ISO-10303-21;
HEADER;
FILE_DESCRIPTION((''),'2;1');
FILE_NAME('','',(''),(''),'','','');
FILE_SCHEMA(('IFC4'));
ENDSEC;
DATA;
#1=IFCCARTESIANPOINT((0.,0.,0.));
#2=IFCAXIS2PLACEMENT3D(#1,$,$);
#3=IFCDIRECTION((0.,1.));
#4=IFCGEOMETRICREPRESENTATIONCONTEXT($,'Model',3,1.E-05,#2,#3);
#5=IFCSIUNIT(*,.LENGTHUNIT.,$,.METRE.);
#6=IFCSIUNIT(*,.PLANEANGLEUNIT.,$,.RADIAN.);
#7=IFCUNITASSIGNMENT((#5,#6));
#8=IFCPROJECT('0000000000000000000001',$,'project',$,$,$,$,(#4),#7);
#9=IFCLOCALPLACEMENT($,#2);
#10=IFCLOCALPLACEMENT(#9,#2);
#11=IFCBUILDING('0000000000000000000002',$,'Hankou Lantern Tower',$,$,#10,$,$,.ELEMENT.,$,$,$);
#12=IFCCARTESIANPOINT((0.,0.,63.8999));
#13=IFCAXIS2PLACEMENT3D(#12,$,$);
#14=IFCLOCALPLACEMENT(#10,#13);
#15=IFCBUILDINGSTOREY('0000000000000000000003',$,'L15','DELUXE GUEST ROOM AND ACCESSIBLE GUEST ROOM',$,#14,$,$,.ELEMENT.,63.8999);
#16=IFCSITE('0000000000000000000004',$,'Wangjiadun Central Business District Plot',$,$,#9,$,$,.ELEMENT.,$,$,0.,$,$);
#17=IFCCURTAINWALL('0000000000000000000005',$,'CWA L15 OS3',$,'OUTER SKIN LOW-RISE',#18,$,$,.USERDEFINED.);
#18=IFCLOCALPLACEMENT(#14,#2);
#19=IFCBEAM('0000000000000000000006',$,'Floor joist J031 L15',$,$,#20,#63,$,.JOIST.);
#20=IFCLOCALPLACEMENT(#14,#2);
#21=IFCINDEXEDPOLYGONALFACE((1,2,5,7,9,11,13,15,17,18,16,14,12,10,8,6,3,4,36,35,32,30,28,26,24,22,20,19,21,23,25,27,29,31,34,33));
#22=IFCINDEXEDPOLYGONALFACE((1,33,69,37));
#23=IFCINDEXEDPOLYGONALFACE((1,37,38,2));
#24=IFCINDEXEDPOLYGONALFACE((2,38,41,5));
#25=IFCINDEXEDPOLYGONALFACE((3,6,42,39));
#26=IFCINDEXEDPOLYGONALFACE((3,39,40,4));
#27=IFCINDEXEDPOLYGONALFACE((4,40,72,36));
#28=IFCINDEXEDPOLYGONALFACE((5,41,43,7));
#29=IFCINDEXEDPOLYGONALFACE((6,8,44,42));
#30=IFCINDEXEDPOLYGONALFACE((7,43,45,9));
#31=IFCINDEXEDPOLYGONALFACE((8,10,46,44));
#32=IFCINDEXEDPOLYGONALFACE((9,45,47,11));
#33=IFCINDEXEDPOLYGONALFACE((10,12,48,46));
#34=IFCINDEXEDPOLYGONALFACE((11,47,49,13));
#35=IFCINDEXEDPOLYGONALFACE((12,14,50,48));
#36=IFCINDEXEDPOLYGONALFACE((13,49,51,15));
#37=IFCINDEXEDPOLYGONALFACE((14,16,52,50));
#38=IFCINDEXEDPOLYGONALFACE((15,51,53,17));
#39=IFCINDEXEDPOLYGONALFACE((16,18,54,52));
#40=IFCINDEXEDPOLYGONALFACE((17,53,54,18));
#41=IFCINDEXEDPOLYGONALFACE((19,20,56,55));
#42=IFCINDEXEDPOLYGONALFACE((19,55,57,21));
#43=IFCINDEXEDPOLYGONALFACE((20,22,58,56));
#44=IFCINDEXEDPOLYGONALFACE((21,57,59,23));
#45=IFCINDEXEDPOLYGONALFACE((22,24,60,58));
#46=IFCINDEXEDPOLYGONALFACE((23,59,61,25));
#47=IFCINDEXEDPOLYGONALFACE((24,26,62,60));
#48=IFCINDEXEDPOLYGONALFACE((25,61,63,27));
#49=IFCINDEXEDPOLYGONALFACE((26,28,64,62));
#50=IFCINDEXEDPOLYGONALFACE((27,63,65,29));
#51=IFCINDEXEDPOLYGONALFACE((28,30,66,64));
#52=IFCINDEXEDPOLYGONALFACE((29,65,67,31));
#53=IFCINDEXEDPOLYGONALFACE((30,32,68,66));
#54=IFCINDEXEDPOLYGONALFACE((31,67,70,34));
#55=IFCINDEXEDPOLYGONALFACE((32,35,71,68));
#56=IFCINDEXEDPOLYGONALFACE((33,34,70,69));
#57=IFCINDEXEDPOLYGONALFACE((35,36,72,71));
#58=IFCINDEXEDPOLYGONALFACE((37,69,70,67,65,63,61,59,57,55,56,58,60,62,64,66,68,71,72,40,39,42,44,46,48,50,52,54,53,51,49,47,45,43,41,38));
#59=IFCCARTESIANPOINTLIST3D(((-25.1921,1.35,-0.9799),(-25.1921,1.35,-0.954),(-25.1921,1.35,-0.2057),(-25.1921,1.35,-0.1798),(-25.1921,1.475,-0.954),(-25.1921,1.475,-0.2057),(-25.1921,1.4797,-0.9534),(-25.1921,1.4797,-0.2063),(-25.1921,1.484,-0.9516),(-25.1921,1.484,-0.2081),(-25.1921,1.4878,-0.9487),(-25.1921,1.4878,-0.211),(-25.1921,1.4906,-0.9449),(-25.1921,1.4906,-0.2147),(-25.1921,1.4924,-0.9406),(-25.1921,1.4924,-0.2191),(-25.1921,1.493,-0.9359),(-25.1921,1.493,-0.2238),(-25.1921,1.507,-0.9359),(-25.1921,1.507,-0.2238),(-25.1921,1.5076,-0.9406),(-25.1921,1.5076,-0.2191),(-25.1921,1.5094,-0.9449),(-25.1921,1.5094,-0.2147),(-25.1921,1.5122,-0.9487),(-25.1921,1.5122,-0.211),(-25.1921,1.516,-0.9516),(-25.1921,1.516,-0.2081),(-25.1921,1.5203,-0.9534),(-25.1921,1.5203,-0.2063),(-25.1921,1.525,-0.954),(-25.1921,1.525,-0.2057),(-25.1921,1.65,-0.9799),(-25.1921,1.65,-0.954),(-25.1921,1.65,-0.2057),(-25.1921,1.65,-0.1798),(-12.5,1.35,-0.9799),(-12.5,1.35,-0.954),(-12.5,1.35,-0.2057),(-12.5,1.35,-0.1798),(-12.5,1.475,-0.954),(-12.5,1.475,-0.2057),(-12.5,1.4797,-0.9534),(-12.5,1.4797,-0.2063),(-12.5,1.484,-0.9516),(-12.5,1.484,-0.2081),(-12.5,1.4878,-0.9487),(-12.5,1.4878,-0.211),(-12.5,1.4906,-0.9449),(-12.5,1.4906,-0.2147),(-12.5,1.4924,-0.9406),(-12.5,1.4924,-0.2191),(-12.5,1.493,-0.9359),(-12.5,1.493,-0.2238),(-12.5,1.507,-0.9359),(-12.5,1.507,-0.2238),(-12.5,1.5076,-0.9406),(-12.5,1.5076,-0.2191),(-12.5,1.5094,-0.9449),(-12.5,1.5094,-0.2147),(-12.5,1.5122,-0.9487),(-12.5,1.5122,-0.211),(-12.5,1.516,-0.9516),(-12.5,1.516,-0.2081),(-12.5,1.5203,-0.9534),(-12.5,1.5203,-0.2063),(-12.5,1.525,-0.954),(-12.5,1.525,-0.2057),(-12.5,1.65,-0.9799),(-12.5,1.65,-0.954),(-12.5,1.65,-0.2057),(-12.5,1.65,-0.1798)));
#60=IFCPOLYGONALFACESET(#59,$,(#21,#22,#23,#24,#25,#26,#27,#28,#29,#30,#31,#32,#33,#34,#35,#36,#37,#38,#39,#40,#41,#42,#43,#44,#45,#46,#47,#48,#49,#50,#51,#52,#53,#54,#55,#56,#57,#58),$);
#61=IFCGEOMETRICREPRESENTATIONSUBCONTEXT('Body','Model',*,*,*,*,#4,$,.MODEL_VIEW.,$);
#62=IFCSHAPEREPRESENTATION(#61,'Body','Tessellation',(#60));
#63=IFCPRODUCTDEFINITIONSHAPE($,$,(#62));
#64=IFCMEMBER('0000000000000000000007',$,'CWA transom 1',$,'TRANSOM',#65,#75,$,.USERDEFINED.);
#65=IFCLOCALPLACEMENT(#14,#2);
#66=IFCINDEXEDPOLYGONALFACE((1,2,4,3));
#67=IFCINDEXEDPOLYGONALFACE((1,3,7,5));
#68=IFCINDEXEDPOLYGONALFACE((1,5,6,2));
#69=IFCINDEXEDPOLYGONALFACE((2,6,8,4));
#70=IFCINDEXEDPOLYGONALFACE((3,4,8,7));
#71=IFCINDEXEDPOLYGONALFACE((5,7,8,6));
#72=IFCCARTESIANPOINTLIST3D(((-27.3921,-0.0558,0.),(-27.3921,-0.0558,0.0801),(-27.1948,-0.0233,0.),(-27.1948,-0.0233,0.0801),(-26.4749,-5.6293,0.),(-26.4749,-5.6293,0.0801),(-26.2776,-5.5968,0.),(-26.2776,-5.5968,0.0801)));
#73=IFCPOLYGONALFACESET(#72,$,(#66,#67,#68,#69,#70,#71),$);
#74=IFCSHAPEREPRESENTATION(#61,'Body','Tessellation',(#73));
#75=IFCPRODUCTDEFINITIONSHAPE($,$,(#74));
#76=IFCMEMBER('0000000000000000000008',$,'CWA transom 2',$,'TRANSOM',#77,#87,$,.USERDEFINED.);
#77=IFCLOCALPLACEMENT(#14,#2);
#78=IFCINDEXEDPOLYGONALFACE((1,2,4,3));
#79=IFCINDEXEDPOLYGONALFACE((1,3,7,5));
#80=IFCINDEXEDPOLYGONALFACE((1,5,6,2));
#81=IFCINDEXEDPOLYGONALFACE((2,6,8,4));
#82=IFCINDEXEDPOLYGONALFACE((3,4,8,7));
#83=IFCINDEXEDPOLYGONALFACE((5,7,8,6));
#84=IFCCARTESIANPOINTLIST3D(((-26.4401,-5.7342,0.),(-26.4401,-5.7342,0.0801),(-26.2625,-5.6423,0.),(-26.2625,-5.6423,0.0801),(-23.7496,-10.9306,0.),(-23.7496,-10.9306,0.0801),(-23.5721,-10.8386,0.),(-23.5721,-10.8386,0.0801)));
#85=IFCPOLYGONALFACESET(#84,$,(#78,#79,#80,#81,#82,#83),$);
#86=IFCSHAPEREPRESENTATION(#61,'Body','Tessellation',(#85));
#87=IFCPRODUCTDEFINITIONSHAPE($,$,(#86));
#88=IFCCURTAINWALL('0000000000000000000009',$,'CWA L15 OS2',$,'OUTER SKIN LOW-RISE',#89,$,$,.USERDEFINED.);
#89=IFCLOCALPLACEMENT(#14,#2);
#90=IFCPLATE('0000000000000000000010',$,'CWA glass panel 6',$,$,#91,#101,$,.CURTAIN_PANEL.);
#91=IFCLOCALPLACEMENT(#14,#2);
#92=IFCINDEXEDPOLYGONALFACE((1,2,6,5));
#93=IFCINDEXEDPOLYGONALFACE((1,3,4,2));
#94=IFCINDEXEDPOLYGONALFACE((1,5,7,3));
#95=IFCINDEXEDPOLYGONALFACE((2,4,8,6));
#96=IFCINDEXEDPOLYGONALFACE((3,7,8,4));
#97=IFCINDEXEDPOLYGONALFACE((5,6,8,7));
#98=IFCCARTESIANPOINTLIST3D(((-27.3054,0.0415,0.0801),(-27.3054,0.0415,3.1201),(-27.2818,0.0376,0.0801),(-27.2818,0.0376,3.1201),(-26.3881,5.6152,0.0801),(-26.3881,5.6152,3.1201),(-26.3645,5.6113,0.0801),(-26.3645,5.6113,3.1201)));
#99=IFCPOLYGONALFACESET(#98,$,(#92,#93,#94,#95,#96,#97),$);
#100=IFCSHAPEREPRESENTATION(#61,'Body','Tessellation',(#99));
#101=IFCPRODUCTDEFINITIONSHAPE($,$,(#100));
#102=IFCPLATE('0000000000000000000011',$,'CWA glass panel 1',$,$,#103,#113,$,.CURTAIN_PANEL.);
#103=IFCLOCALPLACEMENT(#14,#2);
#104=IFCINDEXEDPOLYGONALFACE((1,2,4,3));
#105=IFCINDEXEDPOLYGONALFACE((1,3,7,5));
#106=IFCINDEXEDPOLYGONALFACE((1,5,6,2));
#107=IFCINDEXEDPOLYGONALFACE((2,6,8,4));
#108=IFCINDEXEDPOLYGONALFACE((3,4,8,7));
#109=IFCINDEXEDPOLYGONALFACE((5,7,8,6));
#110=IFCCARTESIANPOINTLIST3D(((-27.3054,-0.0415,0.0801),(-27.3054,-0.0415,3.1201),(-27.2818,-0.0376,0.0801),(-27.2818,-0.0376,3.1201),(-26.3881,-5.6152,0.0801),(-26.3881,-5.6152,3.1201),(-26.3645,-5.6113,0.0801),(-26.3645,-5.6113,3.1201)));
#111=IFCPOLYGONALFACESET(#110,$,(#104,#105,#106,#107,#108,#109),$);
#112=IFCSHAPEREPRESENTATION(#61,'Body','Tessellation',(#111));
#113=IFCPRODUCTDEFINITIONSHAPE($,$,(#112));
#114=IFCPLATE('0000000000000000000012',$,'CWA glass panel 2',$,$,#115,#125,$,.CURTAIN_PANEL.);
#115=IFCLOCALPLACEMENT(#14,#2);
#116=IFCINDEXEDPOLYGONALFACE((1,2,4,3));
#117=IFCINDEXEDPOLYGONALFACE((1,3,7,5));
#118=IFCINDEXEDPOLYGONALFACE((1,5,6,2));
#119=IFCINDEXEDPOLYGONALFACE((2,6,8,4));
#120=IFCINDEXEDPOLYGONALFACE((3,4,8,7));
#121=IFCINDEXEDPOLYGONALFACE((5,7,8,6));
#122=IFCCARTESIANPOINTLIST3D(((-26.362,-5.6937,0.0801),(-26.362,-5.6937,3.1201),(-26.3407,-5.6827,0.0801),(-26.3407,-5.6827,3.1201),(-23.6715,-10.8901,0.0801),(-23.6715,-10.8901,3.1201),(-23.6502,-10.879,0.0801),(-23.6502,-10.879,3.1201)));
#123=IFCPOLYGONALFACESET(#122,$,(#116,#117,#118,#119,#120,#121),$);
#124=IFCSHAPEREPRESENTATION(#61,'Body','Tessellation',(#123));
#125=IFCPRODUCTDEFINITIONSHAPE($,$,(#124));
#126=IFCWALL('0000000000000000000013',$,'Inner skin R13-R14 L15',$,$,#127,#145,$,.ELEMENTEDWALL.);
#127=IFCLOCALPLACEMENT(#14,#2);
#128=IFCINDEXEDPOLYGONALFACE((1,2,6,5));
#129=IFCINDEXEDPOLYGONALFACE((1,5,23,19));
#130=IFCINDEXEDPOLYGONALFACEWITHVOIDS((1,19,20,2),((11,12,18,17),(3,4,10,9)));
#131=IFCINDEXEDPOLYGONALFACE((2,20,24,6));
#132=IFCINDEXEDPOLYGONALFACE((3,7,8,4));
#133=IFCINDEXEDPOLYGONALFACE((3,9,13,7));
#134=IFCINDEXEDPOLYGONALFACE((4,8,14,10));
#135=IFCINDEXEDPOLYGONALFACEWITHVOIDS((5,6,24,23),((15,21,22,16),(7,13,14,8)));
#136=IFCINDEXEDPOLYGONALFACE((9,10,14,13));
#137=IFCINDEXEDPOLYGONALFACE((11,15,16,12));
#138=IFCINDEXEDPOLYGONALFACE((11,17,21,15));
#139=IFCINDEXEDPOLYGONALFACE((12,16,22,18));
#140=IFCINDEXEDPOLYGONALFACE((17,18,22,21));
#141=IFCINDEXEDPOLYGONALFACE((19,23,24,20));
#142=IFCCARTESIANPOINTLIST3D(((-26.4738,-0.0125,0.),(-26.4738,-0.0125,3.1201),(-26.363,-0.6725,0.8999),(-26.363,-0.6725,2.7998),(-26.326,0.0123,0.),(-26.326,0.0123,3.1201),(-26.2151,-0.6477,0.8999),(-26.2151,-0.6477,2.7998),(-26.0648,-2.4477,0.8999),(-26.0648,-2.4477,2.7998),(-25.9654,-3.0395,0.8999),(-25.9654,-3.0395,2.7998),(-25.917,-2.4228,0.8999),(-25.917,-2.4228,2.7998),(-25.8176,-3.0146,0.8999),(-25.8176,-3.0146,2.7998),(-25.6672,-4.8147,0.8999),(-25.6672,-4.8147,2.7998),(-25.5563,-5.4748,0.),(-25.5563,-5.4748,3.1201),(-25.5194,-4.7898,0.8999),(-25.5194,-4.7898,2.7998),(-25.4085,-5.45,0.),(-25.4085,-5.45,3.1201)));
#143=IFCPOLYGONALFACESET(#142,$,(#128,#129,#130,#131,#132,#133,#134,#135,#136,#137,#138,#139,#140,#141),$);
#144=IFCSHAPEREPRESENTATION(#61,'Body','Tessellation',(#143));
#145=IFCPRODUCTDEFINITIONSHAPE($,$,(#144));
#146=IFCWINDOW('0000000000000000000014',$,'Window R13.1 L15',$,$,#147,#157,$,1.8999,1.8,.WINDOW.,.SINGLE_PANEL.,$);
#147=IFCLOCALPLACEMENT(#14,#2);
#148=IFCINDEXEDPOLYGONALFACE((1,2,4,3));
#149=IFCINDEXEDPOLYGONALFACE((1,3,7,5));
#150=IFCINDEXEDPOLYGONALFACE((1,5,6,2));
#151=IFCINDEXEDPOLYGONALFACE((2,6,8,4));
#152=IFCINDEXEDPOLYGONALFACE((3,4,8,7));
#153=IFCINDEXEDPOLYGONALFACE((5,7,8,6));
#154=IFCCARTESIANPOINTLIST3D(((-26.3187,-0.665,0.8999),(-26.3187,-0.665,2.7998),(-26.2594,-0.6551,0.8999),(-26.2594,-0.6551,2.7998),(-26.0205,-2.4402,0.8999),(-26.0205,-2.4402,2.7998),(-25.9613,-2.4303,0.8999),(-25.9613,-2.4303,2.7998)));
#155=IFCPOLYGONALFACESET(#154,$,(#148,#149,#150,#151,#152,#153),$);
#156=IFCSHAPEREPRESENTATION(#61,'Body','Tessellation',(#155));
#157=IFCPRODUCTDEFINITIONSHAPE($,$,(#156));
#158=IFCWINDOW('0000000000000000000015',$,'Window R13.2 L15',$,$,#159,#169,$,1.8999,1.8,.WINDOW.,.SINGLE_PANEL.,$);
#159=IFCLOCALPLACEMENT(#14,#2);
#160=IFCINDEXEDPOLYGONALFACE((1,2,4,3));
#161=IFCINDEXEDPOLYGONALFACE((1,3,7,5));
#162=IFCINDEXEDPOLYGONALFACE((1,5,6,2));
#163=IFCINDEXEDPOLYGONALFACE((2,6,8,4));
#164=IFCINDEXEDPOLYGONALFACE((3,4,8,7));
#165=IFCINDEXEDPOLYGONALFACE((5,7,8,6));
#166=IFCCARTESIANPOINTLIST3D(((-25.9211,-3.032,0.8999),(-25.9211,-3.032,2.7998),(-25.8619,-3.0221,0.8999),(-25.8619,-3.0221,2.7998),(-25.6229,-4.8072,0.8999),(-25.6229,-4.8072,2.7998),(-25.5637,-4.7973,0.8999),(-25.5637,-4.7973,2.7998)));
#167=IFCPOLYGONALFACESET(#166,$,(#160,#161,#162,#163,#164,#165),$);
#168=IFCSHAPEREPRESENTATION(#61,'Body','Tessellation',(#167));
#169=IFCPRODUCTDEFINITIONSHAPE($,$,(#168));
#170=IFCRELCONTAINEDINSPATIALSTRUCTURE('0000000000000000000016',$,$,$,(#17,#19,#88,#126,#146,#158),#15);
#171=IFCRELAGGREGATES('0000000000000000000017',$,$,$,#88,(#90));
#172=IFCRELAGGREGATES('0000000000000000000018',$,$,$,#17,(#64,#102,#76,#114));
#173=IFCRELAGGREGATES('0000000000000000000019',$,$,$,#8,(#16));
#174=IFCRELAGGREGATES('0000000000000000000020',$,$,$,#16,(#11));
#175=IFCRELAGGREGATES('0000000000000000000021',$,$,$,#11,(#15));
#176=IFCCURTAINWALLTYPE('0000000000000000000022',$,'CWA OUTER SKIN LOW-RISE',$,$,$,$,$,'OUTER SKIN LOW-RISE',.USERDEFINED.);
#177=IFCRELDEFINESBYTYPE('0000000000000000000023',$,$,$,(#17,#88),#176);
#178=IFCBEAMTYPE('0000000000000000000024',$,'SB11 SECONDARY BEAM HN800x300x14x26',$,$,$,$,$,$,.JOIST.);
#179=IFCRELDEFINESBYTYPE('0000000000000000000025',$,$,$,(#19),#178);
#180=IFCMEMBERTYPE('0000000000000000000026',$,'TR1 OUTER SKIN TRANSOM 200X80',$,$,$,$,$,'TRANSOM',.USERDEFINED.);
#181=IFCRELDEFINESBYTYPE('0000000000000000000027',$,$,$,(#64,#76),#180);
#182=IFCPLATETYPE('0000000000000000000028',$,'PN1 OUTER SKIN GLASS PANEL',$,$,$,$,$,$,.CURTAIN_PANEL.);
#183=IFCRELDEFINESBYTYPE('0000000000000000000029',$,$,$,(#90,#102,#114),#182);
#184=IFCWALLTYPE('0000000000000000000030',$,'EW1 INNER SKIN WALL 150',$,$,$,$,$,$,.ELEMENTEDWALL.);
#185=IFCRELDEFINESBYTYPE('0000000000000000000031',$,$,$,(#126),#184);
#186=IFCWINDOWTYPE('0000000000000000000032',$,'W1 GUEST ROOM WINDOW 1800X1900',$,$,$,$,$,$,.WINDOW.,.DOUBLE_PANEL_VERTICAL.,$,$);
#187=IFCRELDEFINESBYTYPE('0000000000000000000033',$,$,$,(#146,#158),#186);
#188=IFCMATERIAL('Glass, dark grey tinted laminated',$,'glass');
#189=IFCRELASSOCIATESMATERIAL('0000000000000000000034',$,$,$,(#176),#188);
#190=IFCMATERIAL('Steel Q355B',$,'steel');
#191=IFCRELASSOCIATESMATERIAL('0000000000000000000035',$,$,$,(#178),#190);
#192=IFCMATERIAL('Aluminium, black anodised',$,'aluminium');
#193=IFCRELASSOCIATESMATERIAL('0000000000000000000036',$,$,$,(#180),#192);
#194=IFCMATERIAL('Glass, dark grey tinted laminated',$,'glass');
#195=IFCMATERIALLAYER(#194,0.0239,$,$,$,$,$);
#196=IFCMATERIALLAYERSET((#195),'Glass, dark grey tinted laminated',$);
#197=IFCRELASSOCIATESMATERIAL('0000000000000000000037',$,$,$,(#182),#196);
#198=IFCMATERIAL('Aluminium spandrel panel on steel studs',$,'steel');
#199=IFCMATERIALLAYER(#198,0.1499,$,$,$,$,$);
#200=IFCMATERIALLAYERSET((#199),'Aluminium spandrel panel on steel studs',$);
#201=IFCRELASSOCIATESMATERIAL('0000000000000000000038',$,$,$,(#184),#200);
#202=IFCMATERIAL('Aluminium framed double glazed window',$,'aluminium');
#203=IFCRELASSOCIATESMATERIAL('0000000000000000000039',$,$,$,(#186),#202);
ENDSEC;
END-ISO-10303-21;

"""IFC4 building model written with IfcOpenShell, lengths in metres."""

from ifc_helpers import new_model, si_unit, direction, frame, frame_2d, origin, origin_2d, place, context, subcontext, project, spatial, rectangle, i_section, extrude, material, layer, layer_set, material_profile, profile_set, type_object, element, fill, aggregate, save


model = new_model("IFC4")

# Units and contexts
model_context = context("Model", 3, precision=1e-05, world=origin(), true_north=direction((0.0, 1.0)))
body_context = subcontext(model_context, "Body", "Model", "MODEL_VIEW")
ifc_project = project(units=[si_unit("LENGTHUNIT", "METRE"), si_unit("PLANEANGLEUNIT", "RADIAN")], contexts=[model_context])

# Site, building, storey
site_placement = place(None, origin())
site = spatial("IfcSite", under=ifc_project, at=site_placement, Name="Wangjiadun Central Business District Plot", CompositionType="ELEMENT", RefElevation=0.0)
building_placement = place(site_placement, origin())
building = spatial("IfcBuilding", under=site, at=building_placement, Name="Hankou Lantern Tower", CompositionType="ELEMENT")
storey_placement = place(building_placement, frame((0.0, 0.0, 63.8999)))
storey = spatial("IfcBuildingStorey", under=building, at=storey_placement, Name="L15", Description="DELUXE GUEST ROOM AND ACCESSIBLE GUEST ROOM", CompositionType="ELEMENT", Elevation=63.8999)

# Curtain wall
ifc_material_1 = material(Name="Glass, dark grey tinted laminated", Category="glass")
curtain_wall_type = type_object("IfcCurtainWallType", Name="CWA OUTER SKIN LOW-RISE", ElementType="OUTER SKIN LOW-RISE", PredefinedType="USERDEFINED", material=ifc_material_1)
curtain_wall_1_placement = place(storey_placement, origin())
curtain_wall_1 = element("IfcCurtainWall", 1, at=curtain_wall_1_placement, inside=storey, type_object=curtain_wall_type, Name="CWA L15 OS3", ObjectType="OUTER SKIN LOW-RISE", PredefinedType="USERDEFINED")

# Beam
ifc_material_2 = material(Name="Steel Q355B", Category="steel")
ifc_material_profile_1 = material_profile(ifc_material_2, i_section(OverallWidth=0.3, OverallDepth=0.8, WebThickness=0.0139, FlangeThickness=0.0259, FilletRadius=0.0181, at=origin_2d()), Name="HN800x300x14x26")
ifc_profile_set_1 = profile_set([ifc_material_profile_1], Name="Steel Q355B")
beam_type_1 = type_object("IfcBeamType", Name="SB11 SECONDARY BEAM HN800x300x14x26", PredefinedType="JOIST", material=ifc_profile_set_1)
for number, where, z_axis, x_axis, name in (
    (2, (-25.1921, 1.5, -0.5798), (1.0, 0.0, 0.0), (0.0, 1.0, 0.0), "Floor joist J031 L15"),
):
    element("IfcBeam", number, at=place(storey_placement, frame(where, z_axis=z_axis, x_axis=x_axis)), inside=storey, type_object=beam_type_1, Name=name, PredefinedType="JOIST", context=body_context, shape_type="SweptSolid", body=[
        extrude(i_section(OverallWidth=0.3, OverallDepth=0.8, WebThickness=0.0139, FlangeThickness=0.0259, FilletRadius=0.0181, at=origin_2d()), origin(), (0.0, 0.0, 1.0), 12.6921),
    ])

# Members
ifc_material_3 = material(Name="Aluminium, black anodised", Category="aluminium")
ifc_material_profile_2 = material_profile(ifc_material_3, rectangle(XDim=0.2, YDim=0.0801, at=origin_2d()), Name="TR1 200X80")
ifc_profile_set_2 = profile_set([ifc_material_profile_2], Name="Aluminium, black anodised")
member_type_1 = type_object("IfcMemberType", Name="TR1 OUTER SKIN TRANSOM 200X80", ElementType="TRANSOM", PredefinedType="USERDEFINED", material=ifc_profile_set_2)
member_1_placement = place(storey_placement, frame((-27.2935, -0.0396, 0.04), z_axis=(0.162387, -0.986727, 0.0), x_axis=(0.986727, 0.162387, 0.0)))
member_1 = element("IfcMember", 3, at=member_1_placement, type_object=member_type_1, Name="CWA transom 1", ObjectType="TRANSOM", PredefinedType="USERDEFINED", context=body_context, shape_type="SweptSolid", body=[
    extrude(rectangle(XDim=0.2, YDim=0.0801, at=origin_2d()), origin(), (0.0, 0.0, 1.0), 5.6484),
])
member_2_placement = place(storey_placement, frame((-26.3513, -5.6882, 0.04), z_axis=(0.459786, -0.88803, 0.0), x_axis=(0.88803, 0.459786, 0.0)))
member_2 = element("IfcMember", 4, at=member_2_placement, type_object=member_type_1, Name="CWA transom 2", ObjectType="TRANSOM", PredefinedType="USERDEFINED", context=body_context, shape_type="SweptSolid", body=[
    extrude(rectangle(XDim=0.2, YDim=0.0801, at=origin_2d()), origin(), (0.0, 0.0, 1.0), 5.8516),
])

# Curtain wall, plate
curtain_wall_2_placement = place(storey_placement, origin())
curtain_wall_2 = element("IfcCurtainWall", 5, at=curtain_wall_2_placement, inside=storey, type_object=curtain_wall_type, Name="CWA L15 OS2", ObjectType="OUTER SKIN LOW-RISE", PredefinedType="USERDEFINED")
ifc_material_4 = material(Name="Glass, dark grey tinted laminated", Category="glass")
ifc_layer_1 = layer(ifc_material_4, 0.0239)
ifc_layer_set_1 = layer_set([ifc_layer_1], Name="Glass, dark grey tinted laminated")
plate_type = type_object("IfcPlateType", Name="PN1 OUTER SKIN GLASS PANEL", PredefinedType="CURTAIN_PANEL", material=ifc_layer_set_1)
plate_1_placement = place(storey_placement, frame((-26.835, 2.8264, 0.0801), z_axis=(0.0, 0.0, 1.0), x_axis=(-0.162382, -0.986728, 0.0)))
plate_1 = element("IfcPlate", 6, at=plate_1_placement, type_object=plate_type, Name="CWA glass panel 6", PredefinedType="CURTAIN_PANEL", context=body_context, shape_type="SweptSolid", body=[
    extrude(rectangle(XDim=5.6487, YDim=0.0239, at=origin_2d()), origin(), (0.0, 0.0, 1.0), 3.04),
])
aggregate(curtain_wall_2, [plate_1])

# Plates
plate_2_placement = place(storey_placement, frame((-26.835, -2.8264, 0.0801), z_axis=(0.0, 0.0, 1.0), x_axis=(0.162382, -0.986728, 0.0)))
plate_2 = element("IfcPlate", 7, at=plate_2_placement, type_object=plate_type, Name="CWA glass panel 1", PredefinedType="CURTAIN_PANEL", context=body_context, shape_type="SweptSolid", body=[
    extrude(rectangle(XDim=5.6487, YDim=0.0239, at=origin_2d()), origin(), (0.0, 0.0, 1.0), 3.04),
])
plate_3_placement = place(storey_placement, frame((-25.0061, -8.2864, 0.0801), z_axis=(0.0, 0.0, 1.0), x_axis=(0.459791, -0.888027, 0.0)))
plate_3 = element("IfcPlate", 8, at=plate_3_placement, type_object=plate_type, Name="CWA glass panel 2", PredefinedType="CURTAIN_PANEL", context=body_context, shape_type="SweptSolid", body=[
    extrude(rectangle(XDim=5.8516, YDim=0.0239, at=origin_2d()), origin(), (0.0, 0.0, 1.0), 3.04),
])
aggregate(curtain_wall_1, [member_1, plate_2, member_2, plate_3])

# Wall, openings, windows
ifc_material_5 = material(Name="Aluminium spandrel panel on steel studs", Category="steel")
ifc_layer_2 = layer(ifc_material_5, 0.1499)
ifc_layer_set_2 = layer_set([ifc_layer_2], Name="Aluminium spandrel panel on steel studs")
wall_type = type_object("IfcWallType", Name="EW1 INNER SKIN WALL 150", PredefinedType="ELEMENTEDWALL", material=ifc_layer_set_2)
wall_1_placement = place(storey_placement, frame((-26.3999, 0.0, 0.0), z_axis=(0.0, 0.0, 1.0), x_axis=(0.165643, -0.986186, 0.0)))
wall_1 = element("IfcWall", 9, at=wall_1_placement, inside=storey, type_object=wall_type, Name="Inner skin R13-R14 L15", PredefinedType="ELEMENTEDWALL", context=body_context, shape_type="SweptSolid", body=[
    extrude(rectangle(XDim=5.5388, YDim=0.1499, at=frame_2d((2.7695, 0.0))), origin(), (0.0, 0.0, 1.0), 3.1201),
])
opening_1_placement = place(wall_1_placement, frame((0.6694, 0.0, 0.8999)))
opening_1 = element("IfcOpeningElement", 10, at=opening_1_placement, cuts=wall_1, PredefinedType="OPENING", context=body_context, shape_type="SweptSolid", body=[
    extrude(rectangle(XDim=1.8, YDim=1.8999, at=frame_2d((0.8999, 0.95))), frame((0.0, 0.085, 0.0), z_axis=(0.0, -1.0, 0.0), x_axis=(1.0, 0.0, 0.0)), (0.0, 0.0, 1.0), 0.1699),
])
opening_2_placement = place(wall_1_placement, frame((3.0696, 0.0, 0.8999)))
opening_2 = element("IfcOpeningElement", 11, at=opening_2_placement, cuts=wall_1, PredefinedType="OPENING", context=body_context, shape_type="SweptSolid", body=[
    extrude(rectangle(XDim=1.8, YDim=1.8999, at=frame_2d((0.8999, 0.95))), frame((0.0, 0.085, 0.0), z_axis=(0.0, -1.0, 0.0), x_axis=(1.0, 0.0, 0.0)), (0.0, 0.0, 1.0), 0.1699),
])
ifc_material_6 = material(Name="Aluminium framed double glazed window", Category="aluminium")
window_type = type_object("IfcWindowType", Name="W1 GUEST ROOM WINDOW 1800X1900", PartitioningType="DOUBLE_PANEL_VERTICAL", PredefinedType="WINDOW", material=ifc_material_6)
window_1_placement = place(opening_1_placement, origin())
window_1 = element("IfcWindow", 12, at=window_1_placement, inside=storey, type_object=window_type, Name="Window R13.1 L15", OverallHeight=1.8999, OverallWidth=1.8, PartitioningType="SINGLE_PANEL", PredefinedType="WINDOW", context=body_context, shape_type="SweptSolid", body=[
    extrude(rectangle(XDim=1.8, YDim=1.8999, at=frame_2d((0.8999, 0.95))), frame((0.0, 0.03, 0.0), z_axis=(0.0, -1.0, 0.0), x_axis=(1.0, 0.0, 0.0)), (0.0, 0.0, 1.0), 0.0601),
])
fill(opening_1, window_1)
window_2_placement = place(opening_2_placement, origin())
window_2 = element("IfcWindow", 13, at=window_2_placement, inside=storey, type_object=window_type, Name="Window R13.2 L15", OverallHeight=1.8999, OverallWidth=1.8, PartitioningType="SINGLE_PANEL", PredefinedType="WINDOW", context=body_context, shape_type="SweptSolid", body=[
    extrude(rectangle(XDim=1.8, YDim=1.8999, at=frame_2d((0.8999, 0.95))), frame((0.0, 0.03, 0.0), z_axis=(0.0, -1.0, 0.0), x_axis=(1.0, 0.0, 0.0)), (0.0, 0.0, 1.0), 0.0601),
])
fill(opening_2, window_2)

save(model, "model.ifc")
